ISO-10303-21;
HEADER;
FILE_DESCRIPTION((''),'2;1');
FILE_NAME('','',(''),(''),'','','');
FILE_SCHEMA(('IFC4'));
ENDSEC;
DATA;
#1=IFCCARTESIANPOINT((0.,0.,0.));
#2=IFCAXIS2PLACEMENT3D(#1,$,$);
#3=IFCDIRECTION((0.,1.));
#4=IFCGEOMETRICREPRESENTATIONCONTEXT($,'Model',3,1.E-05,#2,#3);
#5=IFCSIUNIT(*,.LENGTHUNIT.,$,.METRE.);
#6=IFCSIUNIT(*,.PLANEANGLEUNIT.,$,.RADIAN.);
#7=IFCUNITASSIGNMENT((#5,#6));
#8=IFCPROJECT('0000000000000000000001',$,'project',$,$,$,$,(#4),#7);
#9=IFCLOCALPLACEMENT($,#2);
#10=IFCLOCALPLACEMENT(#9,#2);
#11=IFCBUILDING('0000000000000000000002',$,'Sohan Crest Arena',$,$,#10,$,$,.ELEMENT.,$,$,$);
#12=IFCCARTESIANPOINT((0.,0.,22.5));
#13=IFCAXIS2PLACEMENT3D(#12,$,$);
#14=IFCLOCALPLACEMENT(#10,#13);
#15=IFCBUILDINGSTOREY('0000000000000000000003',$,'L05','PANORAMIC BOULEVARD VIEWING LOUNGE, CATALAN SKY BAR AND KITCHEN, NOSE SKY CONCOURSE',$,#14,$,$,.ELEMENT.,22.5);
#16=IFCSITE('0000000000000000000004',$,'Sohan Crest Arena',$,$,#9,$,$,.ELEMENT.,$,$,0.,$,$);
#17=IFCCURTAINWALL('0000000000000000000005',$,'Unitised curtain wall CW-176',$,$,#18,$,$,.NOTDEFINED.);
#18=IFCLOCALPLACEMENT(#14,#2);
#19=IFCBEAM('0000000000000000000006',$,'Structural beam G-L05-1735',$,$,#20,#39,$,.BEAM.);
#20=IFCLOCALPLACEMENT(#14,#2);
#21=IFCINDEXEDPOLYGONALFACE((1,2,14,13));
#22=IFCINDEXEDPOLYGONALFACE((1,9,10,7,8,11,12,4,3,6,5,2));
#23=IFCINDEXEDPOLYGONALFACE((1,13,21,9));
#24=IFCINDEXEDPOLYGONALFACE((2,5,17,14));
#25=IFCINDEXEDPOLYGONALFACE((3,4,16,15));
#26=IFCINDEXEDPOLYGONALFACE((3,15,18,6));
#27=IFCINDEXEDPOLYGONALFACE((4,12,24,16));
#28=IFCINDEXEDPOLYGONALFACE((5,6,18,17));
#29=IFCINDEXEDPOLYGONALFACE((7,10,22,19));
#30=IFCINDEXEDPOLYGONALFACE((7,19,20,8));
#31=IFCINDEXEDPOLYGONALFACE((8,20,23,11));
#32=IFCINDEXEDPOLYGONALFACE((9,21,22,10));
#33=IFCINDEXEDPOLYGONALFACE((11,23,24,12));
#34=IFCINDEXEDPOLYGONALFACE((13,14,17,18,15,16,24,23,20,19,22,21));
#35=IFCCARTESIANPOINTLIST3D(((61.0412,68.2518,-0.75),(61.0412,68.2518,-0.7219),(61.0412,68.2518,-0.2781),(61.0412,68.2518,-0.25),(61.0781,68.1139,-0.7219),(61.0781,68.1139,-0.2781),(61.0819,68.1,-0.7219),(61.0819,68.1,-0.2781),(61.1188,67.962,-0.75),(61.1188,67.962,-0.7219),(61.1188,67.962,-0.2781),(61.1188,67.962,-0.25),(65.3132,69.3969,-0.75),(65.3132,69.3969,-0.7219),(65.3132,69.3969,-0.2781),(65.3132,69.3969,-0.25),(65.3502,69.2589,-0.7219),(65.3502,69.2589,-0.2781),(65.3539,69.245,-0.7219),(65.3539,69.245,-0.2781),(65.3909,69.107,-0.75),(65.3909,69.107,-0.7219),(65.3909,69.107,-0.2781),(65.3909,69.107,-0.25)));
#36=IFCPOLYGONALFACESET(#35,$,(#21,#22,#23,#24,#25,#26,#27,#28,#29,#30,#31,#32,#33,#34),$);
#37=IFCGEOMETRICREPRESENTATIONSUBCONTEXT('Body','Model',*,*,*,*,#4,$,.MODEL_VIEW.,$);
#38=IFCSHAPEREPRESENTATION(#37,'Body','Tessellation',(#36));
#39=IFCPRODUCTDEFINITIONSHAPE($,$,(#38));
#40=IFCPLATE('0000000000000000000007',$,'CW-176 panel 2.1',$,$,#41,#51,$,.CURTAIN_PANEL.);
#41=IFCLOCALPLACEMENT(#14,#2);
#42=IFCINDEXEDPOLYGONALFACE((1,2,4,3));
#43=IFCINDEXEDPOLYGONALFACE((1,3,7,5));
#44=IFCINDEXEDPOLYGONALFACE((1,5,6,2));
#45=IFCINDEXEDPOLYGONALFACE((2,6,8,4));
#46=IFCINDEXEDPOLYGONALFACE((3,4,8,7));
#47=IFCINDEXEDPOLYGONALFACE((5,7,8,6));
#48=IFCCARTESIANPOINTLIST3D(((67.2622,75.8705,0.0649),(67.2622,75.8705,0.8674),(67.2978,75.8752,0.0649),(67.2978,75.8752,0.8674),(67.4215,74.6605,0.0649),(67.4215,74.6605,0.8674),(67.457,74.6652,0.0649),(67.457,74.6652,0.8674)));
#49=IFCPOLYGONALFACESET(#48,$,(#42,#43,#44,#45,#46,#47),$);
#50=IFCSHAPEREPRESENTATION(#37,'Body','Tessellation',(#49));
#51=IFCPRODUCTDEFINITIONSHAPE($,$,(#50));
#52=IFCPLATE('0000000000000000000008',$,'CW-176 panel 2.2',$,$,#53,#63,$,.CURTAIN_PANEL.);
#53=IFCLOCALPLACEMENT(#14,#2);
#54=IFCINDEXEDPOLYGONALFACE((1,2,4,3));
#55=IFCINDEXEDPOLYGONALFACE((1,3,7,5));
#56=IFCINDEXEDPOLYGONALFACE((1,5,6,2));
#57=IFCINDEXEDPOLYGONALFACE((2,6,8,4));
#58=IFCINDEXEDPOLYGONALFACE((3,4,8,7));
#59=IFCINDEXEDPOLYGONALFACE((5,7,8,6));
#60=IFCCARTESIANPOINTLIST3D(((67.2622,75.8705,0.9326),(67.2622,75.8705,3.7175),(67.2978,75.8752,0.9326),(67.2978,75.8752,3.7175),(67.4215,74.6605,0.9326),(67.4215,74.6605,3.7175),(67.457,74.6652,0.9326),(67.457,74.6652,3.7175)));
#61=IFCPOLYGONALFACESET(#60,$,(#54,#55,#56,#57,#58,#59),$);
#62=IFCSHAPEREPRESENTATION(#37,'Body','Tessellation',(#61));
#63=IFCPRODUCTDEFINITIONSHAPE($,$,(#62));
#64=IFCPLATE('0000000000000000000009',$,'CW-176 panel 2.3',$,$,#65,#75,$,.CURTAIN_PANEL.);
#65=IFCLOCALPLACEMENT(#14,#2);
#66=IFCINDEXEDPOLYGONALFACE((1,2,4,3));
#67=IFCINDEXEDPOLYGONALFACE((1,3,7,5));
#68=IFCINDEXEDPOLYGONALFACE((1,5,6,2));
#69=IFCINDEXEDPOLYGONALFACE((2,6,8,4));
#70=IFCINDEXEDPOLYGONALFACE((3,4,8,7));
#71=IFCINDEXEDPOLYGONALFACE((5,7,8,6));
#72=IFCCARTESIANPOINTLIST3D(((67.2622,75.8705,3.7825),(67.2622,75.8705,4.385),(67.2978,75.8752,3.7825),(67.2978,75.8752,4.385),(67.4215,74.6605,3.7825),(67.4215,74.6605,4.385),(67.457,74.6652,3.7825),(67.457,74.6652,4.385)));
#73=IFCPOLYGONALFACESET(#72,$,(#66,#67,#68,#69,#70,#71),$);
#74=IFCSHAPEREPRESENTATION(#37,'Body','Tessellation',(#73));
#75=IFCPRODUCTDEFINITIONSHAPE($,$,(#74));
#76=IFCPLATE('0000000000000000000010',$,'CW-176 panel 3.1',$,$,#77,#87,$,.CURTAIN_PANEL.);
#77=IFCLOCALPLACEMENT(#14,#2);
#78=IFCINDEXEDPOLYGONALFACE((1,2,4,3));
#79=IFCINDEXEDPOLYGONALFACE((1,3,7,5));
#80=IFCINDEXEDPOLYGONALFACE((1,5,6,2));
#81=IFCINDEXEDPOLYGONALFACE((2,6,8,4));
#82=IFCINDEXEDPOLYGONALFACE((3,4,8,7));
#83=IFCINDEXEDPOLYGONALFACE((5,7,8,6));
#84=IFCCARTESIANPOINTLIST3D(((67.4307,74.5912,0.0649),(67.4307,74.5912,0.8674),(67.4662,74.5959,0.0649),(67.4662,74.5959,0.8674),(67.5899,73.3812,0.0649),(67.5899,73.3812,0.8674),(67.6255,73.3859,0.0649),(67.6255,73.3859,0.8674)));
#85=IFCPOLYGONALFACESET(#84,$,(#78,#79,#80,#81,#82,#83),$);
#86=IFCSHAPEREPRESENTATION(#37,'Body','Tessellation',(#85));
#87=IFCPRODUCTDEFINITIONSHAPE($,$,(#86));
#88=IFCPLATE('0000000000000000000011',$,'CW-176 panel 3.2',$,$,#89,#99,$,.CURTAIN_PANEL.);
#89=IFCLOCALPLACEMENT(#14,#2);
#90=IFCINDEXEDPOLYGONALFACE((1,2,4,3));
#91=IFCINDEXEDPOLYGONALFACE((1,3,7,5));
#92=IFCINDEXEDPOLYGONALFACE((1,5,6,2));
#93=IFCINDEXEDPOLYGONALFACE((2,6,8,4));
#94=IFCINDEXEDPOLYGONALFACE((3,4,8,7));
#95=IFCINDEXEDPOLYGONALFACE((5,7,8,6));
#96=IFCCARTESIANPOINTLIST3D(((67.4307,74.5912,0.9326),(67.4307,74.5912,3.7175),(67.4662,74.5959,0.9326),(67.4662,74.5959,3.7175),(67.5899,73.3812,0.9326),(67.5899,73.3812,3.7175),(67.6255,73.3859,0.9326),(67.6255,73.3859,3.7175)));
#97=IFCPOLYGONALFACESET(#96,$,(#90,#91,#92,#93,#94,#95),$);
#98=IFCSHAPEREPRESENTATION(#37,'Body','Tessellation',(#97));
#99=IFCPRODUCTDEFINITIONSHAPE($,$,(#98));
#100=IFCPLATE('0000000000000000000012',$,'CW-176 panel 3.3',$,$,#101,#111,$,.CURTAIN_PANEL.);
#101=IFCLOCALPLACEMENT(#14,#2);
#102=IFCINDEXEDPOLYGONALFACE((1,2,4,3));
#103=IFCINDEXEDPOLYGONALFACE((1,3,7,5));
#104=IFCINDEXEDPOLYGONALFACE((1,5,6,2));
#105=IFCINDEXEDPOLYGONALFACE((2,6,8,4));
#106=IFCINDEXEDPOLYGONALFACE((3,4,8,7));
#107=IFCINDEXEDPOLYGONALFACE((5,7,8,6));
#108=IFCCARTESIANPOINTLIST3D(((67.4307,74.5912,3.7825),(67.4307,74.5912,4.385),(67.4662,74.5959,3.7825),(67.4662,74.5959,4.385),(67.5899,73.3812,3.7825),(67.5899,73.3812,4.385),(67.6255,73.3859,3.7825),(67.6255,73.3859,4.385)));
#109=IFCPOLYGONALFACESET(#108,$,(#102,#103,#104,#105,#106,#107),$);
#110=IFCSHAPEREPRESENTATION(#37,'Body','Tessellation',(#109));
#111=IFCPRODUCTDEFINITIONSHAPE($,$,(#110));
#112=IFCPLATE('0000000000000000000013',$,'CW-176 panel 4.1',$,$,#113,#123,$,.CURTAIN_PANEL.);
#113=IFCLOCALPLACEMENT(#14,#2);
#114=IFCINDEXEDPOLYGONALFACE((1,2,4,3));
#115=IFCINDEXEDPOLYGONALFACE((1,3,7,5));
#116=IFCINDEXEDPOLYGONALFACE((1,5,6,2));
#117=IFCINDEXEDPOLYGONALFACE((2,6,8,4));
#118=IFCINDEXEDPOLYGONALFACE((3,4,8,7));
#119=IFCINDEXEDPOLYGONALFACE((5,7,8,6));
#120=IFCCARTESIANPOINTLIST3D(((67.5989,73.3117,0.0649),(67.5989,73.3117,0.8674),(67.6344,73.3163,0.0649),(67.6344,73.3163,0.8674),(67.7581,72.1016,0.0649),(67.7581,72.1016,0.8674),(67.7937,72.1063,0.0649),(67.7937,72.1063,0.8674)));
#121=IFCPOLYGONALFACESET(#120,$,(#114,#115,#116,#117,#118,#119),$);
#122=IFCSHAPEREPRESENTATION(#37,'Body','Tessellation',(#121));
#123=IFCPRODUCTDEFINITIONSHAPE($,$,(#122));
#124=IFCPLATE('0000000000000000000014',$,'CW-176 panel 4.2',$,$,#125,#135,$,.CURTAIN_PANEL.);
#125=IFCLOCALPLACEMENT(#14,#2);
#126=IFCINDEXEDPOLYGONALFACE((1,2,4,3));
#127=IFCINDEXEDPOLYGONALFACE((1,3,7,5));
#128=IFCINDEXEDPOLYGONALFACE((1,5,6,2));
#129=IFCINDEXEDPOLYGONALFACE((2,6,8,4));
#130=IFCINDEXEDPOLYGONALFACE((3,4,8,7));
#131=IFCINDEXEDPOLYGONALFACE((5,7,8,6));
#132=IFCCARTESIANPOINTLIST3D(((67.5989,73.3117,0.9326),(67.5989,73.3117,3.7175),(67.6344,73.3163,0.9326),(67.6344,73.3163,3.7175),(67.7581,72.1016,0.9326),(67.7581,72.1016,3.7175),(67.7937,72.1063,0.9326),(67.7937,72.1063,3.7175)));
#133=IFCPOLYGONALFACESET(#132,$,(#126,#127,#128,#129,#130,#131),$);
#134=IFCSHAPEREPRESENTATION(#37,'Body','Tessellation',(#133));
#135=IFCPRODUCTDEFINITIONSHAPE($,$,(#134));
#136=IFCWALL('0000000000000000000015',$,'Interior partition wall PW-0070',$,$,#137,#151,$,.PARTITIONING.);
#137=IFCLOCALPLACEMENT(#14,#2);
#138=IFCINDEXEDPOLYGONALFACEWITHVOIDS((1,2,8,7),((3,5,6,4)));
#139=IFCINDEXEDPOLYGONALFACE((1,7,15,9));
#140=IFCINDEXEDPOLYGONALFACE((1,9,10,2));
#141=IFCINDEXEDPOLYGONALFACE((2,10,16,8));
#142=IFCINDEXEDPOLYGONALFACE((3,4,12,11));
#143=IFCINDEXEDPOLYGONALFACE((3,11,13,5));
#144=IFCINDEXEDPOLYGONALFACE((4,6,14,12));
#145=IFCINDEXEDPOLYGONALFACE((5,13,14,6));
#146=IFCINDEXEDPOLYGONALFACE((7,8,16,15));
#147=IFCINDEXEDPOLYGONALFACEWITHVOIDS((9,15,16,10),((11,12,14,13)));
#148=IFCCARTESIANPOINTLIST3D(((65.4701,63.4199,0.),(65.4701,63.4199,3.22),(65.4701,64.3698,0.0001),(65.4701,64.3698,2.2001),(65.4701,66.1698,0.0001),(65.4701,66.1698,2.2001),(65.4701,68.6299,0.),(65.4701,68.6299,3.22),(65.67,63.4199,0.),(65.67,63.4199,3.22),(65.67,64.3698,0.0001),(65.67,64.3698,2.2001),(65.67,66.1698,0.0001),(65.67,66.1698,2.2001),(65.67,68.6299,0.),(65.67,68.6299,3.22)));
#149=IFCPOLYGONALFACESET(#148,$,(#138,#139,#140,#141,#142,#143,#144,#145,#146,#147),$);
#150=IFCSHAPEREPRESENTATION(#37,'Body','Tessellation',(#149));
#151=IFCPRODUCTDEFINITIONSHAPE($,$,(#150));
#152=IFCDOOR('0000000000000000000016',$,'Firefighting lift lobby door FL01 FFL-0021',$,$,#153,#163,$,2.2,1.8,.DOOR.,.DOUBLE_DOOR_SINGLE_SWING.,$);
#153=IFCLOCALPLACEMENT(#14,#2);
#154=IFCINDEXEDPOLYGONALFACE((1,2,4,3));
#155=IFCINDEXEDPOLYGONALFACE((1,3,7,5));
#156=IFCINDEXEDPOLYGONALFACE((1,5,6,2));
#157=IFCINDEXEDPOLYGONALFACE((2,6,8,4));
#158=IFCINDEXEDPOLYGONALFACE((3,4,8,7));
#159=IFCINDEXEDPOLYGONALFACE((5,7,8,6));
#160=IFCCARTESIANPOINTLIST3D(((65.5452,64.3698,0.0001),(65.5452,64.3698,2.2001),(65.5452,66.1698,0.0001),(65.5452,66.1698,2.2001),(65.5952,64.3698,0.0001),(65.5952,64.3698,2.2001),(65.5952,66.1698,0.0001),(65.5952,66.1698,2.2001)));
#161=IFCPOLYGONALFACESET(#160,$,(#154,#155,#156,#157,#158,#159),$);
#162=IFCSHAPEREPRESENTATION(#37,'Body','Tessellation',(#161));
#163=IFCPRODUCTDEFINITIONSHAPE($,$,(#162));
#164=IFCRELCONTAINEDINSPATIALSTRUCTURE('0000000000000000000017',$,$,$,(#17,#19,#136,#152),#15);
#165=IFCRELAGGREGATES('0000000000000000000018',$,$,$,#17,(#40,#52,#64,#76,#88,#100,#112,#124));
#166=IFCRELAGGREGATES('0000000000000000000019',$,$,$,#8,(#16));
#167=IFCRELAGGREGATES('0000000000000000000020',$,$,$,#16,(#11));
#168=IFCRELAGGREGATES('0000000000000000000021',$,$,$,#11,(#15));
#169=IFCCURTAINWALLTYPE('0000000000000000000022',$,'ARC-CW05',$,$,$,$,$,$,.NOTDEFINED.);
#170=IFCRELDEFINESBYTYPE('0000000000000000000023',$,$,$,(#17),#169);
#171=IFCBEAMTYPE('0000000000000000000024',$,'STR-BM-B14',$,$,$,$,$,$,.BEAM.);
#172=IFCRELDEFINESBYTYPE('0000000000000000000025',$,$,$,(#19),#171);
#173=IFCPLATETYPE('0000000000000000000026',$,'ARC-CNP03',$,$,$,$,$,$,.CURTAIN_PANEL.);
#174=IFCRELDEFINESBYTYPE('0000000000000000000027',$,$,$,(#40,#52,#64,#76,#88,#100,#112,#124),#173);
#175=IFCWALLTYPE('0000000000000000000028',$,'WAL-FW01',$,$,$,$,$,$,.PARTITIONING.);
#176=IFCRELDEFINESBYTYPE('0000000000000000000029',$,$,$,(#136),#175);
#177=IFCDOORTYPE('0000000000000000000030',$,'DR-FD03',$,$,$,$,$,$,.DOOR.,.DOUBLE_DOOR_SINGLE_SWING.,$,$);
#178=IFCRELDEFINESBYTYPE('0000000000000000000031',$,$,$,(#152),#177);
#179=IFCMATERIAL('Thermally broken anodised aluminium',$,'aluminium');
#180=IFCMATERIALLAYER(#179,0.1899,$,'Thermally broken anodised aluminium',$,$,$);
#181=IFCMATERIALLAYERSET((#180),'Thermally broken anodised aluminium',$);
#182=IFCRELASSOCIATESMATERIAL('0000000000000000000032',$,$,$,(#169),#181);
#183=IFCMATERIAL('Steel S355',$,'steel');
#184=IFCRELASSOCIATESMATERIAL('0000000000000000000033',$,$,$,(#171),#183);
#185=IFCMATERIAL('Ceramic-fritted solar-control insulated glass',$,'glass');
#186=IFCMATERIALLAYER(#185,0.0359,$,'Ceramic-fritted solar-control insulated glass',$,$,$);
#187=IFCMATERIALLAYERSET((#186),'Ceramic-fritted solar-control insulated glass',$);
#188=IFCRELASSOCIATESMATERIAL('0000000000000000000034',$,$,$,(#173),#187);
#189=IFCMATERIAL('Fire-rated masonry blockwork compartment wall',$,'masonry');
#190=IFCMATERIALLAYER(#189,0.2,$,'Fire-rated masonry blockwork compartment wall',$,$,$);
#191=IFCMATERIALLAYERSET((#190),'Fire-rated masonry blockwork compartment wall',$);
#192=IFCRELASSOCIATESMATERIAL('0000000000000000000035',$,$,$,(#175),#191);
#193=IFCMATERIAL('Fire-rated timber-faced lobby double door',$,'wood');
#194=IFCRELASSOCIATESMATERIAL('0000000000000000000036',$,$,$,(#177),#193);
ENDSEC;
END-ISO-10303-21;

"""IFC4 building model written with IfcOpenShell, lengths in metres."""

from ifc_helpers import new_model, si_unit, direction, frame, frame_2d, origin, origin_2d, place, context, subcontext, project, spatial, rectangle, i_section, extrude, material, layer, layer_set, material_profile, profile_set, type_object, element, fill, aggregate, save


model = new_model("IFC4")

# Units and contexts
model_context = context("Model", 3, precision=1e-05, world=origin(), true_north=direction((0.0, 1.0)))
body_context = subcontext(model_context, "Body", "Model", "MODEL_VIEW")
ifc_project = project(units=[si_unit("LENGTHUNIT", "METRE"), si_unit("PLANEANGLEUNIT", "RADIAN")], contexts=[model_context])

# Site, building, storey
site_placement = place(None, origin())
site = spatial("IfcSite", under=ifc_project, at=site_placement, Name="Sohan Crest Arena", CompositionType="ELEMENT", RefElevation=0.0)
building_placement = place(site_placement, origin())
building = spatial("IfcBuilding", under=site, at=building_placement, Name="Sohan Crest Arena", CompositionType="ELEMENT")
storey_placement = place(building_placement, frame((0.0, 0.0, 22.5)))
storey = spatial("IfcBuildingStorey", under=building, at=storey_placement, Name="L05", Description="PANORAMIC BOULEVARD VIEWING LOUNGE, CATALAN SKY BAR AND KITCHEN, NOSE SKY CONCOURSE", CompositionType="ELEMENT", Elevation=22.5)

# Shared definitions
ifc_material_1 = material(Name="Steel S355", Category="steel")

# Curtain wall
ifc_material_2 = material(Name="Thermally broken anodised aluminium", Category="aluminium")
ifc_layer_1 = layer(ifc_material_2, 0.1899, Name="Thermally broken anodised aluminium")
ifc_layer_set_1 = layer_set([ifc_layer_1], Name="Thermally broken anodised aluminium")
curtain_wall_type = type_object("IfcCurtainWallType", Name="ARC-CW05", PredefinedType="NOTDEFINED", material=ifc_layer_set_1)
curtain_wall_placement = place(storey_placement, origin())
curtain_wall = element("IfcCurtainWall", 1, at=curtain_wall_placement, inside=storey, type_object=curtain_wall_type, Name="Unitised curtain wall CW-176", PredefinedType="NOTDEFINED")

# Beam
ifc_material_profile_1 = material_profile(ifc_material_1, i_section(OverallWidth=0.3, OverallDepth=0.5, WebThickness=0.0144, FlangeThickness=0.0281, at=origin_2d()), Name="HEB 500")
ifc_profile_set_1 = profile_set([ifc_material_profile_1], Name="Steel S355")
beam_type_1 = type_object("IfcBeamType", Name="STR-BM-B14", PredefinedType="BEAM", material=ifc_profile_set_1)
beam_1_placement = place(storey_placement, frame((65.3521, 69.252, -0.5), z_axis=(-0.965906, -0.258892, 0.0), x_axis=(0.258892, -0.965906, 0.0)))
element("IfcBeam", 2, at=beam_1_placement, inside=storey, type_object=beam_type_1, Name="Structural beam G-L05-1735", PredefinedType="BEAM", context=body_context, shape_type="SweptSolid", body=[
    extrude(i_section(OverallWidth=0.3, OverallDepth=0.5, WebThickness=0.0144, FlangeThickness=0.0281, at=origin_2d()), origin(), (0.0, 0.0, 1.0), 4.4229),
])

# Plates
ifc_material_3 = material(Name="Ceramic-fritted solar-control insulated glass", Category="glass")
ifc_layer_2 = layer(ifc_material_3, 0.0359, Name="Ceramic-fritted solar-control insulated glass")
ifc_layer_set_2 = layer_set([ifc_layer_2], Name="Ceramic-fritted solar-control insulated glass")
plate_type = type_object("IfcPlateType", Name="ARC-CNP03", PredefinedType="CURTAIN_PANEL", material=ifc_layer_set_2)
plate_1_placement = place(storey_placement, frame((67.3596, 75.2678, 0.0649), z_axis=(0.0, 0.0, 1.0), x_axis=(0.130499, -0.991448, 0.0)))
plate_1 = element("IfcPlate", 3, at=plate_1_placement, type_object=plate_type, Name="CW-176 panel 2.1", PredefinedType="CURTAIN_PANEL", context=body_context, shape_type="SweptSolid", body=[
    extrude(rectangle(XDim=1.2205, YDim=0.0359, at=origin_2d()), origin(), (0.0, 0.0, 1.0), 0.8025),
])
plate_2_placement = place(storey_placement, frame((67.3596, 75.2678, 0.9326), z_axis=(0.0, 0.0, 1.0), x_axis=(0.130499, -0.991448, 0.0)))
plate_2 = element("IfcPlate", 4, at=plate_2_placement, type_object=plate_type, Name="CW-176 panel 2.2", PredefinedType="CURTAIN_PANEL", context=body_context, shape_type="SweptSolid", body=[
    extrude(rectangle(XDim=1.2205, YDim=0.0359, at=origin_2d()), origin(), (0.0, 0.0, 1.0), 2.7849),
])
plate_3_placement = place(storey_placement, frame((67.3596, 75.2678, 3.7825), z_axis=(0.0, 0.0, 1.0), x_axis=(0.130499, -0.991448, 0.0)))
plate_3 = element("IfcPlate", 5, at=plate_3_placement, type_object=plate_type, Name="CW-176 panel 2.3", PredefinedType="CURTAIN_PANEL", context=body_context, shape_type="SweptSolid", body=[
    extrude(rectangle(XDim=1.2205, YDim=0.0359, at=origin_2d()), origin(), (0.0, 0.0, 1.0), 0.6025),
])
plate_4_placement = place(storey_placement, frame((67.5281, 73.9885, 0.0649), z_axis=(0.0, 0.0, 1.0), x_axis=(0.130499, -0.991448, 0.0)))
plate_4 = element("IfcPlate", 6, at=plate_4_placement, type_object=plate_type, Name="CW-176 panel 3.1", PredefinedType="CURTAIN_PANEL", context=body_context, shape_type="SweptSolid", body=[
    extrude(rectangle(XDim=1.2205, YDim=0.0359, at=origin_2d()), origin(), (0.0, 0.0, 1.0), 0.8025),
])
plate_5_placement = place(storey_placement, frame((67.5281, 73.9885, 0.9326), z_axis=(0.0, 0.0, 1.0), x_axis=(0.130499, -0.991448, 0.0)))
plate_5 = element("IfcPlate", 7, at=plate_5_placement, type_object=plate_type, Name="CW-176 panel 3.2", PredefinedType="CURTAIN_PANEL", context=body_context, shape_type="SweptSolid", body=[
    extrude(rectangle(XDim=1.2205, YDim=0.0359, at=origin_2d()), origin(), (0.0, 0.0, 1.0), 2.7849),
])
plate_6_placement = place(storey_placement, frame((67.5281, 73.9885, 3.7825), z_axis=(0.0, 0.0, 1.0), x_axis=(0.130499, -0.991448, 0.0)))
plate_6 = element("IfcPlate", 8, at=plate_6_placement, type_object=plate_type, Name="CW-176 panel 3.3", PredefinedType="CURTAIN_PANEL", context=body_context, shape_type="SweptSolid", body=[
    extrude(rectangle(XDim=1.2205, YDim=0.0359, at=origin_2d()), origin(), (0.0, 0.0, 1.0), 0.6025),
])
plate_7_placement = place(storey_placement, frame((67.6963, 72.709, 0.0649), z_axis=(0.0, 0.0, 1.0), x_axis=(0.130499, -0.991448, 0.0)))
plate_7 = element("IfcPlate", 9, at=plate_7_placement, type_object=plate_type, Name="CW-176 panel 4.1", PredefinedType="CURTAIN_PANEL", context=body_context, shape_type="SweptSolid", body=[
    extrude(rectangle(XDim=1.2205, YDim=0.0359, at=origin_2d()), origin(), (0.0, 0.0, 1.0), 0.8025),
])
plate_8_placement = place(storey_placement, frame((67.6963, 72.709, 0.9326), z_axis=(0.0, 0.0, 1.0), x_axis=(0.130499, -0.991448, 0.0)))
plate_8 = element("IfcPlate", 10, at=plate_8_placement, type_object=plate_type, Name="CW-176 panel 4.2", PredefinedType="CURTAIN_PANEL", context=body_context, shape_type="SweptSolid", body=[
    extrude(rectangle(XDim=1.2205, YDim=0.0359, at=origin_2d()), origin(), (0.0, 0.0, 1.0), 2.7849),
])
aggregate(curtain_wall, [plate_1, plate_2, plate_3, plate_4, plate_5, plate_6, plate_7, plate_8])

# Wall, opening, door
ifc_material_4 = material(Name="Fire-rated masonry blockwork compartment wall", Category="masonry")
ifc_layer_3 = layer(ifc_material_4, 0.2, Name="Fire-rated masonry blockwork compartment wall")
ifc_layer_set_3 = layer_set([ifc_layer_3], Name="Fire-rated masonry blockwork compartment wall")
wall_type = type_object("IfcWallType", Name="WAL-FW01", PredefinedType="PARTITIONING", material=ifc_layer_set_3)
wall_placement = place(storey_placement, frame((65.5701, 63.4199, 0.0), z_axis=(0.0, 0.0, 1.0), x_axis=(0.0, 1.0, 0.0)))
wall = element("IfcWall", 11, at=wall_placement, inside=storey, type_object=wall_type, Name="Interior partition wall PW-0070", PredefinedType="PARTITIONING", context=body_context, shape_type="SweptSolid", body=[
    extrude(rectangle(XDim=5.21, YDim=0.2, at=frame_2d((2.605, 0.0))), origin(), (0.0, 0.0, 1.0), 3.22),
])
opening_placement = place(wall_placement, frame((0.95, 0.0, 0.0)))
opening = element("IfcOpeningElement", 12, at=opening_placement, cuts=wall, PredefinedType="OPENING", context=body_context, shape_type="SweptSolid", body=[
    extrude(rectangle(XDim=1.8, YDim=2.2, at=frame_2d((0.8999, 1.1001))), frame((0.0, 0.1099, 0.0), z_axis=(0.0, -1.0, 0.0), x_axis=(1.0, 0.0, 0.0)), (0.0, 0.0, 1.0), 0.22),
])
ifc_material_5 = material(Name="Fire-rated timber-faced lobby double door", Category="wood")
door_type = type_object("IfcDoorType", Name="DR-FD03", OperationType="DOUBLE_DOOR_SINGLE_SWING", PredefinedType="DOOR", material=ifc_material_5)
door_placement = place(opening_placement, origin())
door = element("IfcDoor", 13, at=door_placement, inside=storey, type_object=door_type, Name="Firefighting lift lobby door FL01 FFL-0021", OperationType="DOUBLE_DOOR_SINGLE_SWING", OverallHeight=2.2, OverallWidth=1.8, PredefinedType="DOOR", context=body_context, shape_type="SweptSolid", body=[
    extrude(rectangle(XDim=1.8, YDim=2.2, at=frame_2d((0.8999, 1.1001))), frame((0.0, 0.0249, 0.0), z_axis=(0.0, -1.0, 0.0), x_axis=(1.0, 0.0, 0.0)), (0.0, 0.0, 1.0), 0.05),
])
fill(opening, door)

save(model, "model.ifc")
